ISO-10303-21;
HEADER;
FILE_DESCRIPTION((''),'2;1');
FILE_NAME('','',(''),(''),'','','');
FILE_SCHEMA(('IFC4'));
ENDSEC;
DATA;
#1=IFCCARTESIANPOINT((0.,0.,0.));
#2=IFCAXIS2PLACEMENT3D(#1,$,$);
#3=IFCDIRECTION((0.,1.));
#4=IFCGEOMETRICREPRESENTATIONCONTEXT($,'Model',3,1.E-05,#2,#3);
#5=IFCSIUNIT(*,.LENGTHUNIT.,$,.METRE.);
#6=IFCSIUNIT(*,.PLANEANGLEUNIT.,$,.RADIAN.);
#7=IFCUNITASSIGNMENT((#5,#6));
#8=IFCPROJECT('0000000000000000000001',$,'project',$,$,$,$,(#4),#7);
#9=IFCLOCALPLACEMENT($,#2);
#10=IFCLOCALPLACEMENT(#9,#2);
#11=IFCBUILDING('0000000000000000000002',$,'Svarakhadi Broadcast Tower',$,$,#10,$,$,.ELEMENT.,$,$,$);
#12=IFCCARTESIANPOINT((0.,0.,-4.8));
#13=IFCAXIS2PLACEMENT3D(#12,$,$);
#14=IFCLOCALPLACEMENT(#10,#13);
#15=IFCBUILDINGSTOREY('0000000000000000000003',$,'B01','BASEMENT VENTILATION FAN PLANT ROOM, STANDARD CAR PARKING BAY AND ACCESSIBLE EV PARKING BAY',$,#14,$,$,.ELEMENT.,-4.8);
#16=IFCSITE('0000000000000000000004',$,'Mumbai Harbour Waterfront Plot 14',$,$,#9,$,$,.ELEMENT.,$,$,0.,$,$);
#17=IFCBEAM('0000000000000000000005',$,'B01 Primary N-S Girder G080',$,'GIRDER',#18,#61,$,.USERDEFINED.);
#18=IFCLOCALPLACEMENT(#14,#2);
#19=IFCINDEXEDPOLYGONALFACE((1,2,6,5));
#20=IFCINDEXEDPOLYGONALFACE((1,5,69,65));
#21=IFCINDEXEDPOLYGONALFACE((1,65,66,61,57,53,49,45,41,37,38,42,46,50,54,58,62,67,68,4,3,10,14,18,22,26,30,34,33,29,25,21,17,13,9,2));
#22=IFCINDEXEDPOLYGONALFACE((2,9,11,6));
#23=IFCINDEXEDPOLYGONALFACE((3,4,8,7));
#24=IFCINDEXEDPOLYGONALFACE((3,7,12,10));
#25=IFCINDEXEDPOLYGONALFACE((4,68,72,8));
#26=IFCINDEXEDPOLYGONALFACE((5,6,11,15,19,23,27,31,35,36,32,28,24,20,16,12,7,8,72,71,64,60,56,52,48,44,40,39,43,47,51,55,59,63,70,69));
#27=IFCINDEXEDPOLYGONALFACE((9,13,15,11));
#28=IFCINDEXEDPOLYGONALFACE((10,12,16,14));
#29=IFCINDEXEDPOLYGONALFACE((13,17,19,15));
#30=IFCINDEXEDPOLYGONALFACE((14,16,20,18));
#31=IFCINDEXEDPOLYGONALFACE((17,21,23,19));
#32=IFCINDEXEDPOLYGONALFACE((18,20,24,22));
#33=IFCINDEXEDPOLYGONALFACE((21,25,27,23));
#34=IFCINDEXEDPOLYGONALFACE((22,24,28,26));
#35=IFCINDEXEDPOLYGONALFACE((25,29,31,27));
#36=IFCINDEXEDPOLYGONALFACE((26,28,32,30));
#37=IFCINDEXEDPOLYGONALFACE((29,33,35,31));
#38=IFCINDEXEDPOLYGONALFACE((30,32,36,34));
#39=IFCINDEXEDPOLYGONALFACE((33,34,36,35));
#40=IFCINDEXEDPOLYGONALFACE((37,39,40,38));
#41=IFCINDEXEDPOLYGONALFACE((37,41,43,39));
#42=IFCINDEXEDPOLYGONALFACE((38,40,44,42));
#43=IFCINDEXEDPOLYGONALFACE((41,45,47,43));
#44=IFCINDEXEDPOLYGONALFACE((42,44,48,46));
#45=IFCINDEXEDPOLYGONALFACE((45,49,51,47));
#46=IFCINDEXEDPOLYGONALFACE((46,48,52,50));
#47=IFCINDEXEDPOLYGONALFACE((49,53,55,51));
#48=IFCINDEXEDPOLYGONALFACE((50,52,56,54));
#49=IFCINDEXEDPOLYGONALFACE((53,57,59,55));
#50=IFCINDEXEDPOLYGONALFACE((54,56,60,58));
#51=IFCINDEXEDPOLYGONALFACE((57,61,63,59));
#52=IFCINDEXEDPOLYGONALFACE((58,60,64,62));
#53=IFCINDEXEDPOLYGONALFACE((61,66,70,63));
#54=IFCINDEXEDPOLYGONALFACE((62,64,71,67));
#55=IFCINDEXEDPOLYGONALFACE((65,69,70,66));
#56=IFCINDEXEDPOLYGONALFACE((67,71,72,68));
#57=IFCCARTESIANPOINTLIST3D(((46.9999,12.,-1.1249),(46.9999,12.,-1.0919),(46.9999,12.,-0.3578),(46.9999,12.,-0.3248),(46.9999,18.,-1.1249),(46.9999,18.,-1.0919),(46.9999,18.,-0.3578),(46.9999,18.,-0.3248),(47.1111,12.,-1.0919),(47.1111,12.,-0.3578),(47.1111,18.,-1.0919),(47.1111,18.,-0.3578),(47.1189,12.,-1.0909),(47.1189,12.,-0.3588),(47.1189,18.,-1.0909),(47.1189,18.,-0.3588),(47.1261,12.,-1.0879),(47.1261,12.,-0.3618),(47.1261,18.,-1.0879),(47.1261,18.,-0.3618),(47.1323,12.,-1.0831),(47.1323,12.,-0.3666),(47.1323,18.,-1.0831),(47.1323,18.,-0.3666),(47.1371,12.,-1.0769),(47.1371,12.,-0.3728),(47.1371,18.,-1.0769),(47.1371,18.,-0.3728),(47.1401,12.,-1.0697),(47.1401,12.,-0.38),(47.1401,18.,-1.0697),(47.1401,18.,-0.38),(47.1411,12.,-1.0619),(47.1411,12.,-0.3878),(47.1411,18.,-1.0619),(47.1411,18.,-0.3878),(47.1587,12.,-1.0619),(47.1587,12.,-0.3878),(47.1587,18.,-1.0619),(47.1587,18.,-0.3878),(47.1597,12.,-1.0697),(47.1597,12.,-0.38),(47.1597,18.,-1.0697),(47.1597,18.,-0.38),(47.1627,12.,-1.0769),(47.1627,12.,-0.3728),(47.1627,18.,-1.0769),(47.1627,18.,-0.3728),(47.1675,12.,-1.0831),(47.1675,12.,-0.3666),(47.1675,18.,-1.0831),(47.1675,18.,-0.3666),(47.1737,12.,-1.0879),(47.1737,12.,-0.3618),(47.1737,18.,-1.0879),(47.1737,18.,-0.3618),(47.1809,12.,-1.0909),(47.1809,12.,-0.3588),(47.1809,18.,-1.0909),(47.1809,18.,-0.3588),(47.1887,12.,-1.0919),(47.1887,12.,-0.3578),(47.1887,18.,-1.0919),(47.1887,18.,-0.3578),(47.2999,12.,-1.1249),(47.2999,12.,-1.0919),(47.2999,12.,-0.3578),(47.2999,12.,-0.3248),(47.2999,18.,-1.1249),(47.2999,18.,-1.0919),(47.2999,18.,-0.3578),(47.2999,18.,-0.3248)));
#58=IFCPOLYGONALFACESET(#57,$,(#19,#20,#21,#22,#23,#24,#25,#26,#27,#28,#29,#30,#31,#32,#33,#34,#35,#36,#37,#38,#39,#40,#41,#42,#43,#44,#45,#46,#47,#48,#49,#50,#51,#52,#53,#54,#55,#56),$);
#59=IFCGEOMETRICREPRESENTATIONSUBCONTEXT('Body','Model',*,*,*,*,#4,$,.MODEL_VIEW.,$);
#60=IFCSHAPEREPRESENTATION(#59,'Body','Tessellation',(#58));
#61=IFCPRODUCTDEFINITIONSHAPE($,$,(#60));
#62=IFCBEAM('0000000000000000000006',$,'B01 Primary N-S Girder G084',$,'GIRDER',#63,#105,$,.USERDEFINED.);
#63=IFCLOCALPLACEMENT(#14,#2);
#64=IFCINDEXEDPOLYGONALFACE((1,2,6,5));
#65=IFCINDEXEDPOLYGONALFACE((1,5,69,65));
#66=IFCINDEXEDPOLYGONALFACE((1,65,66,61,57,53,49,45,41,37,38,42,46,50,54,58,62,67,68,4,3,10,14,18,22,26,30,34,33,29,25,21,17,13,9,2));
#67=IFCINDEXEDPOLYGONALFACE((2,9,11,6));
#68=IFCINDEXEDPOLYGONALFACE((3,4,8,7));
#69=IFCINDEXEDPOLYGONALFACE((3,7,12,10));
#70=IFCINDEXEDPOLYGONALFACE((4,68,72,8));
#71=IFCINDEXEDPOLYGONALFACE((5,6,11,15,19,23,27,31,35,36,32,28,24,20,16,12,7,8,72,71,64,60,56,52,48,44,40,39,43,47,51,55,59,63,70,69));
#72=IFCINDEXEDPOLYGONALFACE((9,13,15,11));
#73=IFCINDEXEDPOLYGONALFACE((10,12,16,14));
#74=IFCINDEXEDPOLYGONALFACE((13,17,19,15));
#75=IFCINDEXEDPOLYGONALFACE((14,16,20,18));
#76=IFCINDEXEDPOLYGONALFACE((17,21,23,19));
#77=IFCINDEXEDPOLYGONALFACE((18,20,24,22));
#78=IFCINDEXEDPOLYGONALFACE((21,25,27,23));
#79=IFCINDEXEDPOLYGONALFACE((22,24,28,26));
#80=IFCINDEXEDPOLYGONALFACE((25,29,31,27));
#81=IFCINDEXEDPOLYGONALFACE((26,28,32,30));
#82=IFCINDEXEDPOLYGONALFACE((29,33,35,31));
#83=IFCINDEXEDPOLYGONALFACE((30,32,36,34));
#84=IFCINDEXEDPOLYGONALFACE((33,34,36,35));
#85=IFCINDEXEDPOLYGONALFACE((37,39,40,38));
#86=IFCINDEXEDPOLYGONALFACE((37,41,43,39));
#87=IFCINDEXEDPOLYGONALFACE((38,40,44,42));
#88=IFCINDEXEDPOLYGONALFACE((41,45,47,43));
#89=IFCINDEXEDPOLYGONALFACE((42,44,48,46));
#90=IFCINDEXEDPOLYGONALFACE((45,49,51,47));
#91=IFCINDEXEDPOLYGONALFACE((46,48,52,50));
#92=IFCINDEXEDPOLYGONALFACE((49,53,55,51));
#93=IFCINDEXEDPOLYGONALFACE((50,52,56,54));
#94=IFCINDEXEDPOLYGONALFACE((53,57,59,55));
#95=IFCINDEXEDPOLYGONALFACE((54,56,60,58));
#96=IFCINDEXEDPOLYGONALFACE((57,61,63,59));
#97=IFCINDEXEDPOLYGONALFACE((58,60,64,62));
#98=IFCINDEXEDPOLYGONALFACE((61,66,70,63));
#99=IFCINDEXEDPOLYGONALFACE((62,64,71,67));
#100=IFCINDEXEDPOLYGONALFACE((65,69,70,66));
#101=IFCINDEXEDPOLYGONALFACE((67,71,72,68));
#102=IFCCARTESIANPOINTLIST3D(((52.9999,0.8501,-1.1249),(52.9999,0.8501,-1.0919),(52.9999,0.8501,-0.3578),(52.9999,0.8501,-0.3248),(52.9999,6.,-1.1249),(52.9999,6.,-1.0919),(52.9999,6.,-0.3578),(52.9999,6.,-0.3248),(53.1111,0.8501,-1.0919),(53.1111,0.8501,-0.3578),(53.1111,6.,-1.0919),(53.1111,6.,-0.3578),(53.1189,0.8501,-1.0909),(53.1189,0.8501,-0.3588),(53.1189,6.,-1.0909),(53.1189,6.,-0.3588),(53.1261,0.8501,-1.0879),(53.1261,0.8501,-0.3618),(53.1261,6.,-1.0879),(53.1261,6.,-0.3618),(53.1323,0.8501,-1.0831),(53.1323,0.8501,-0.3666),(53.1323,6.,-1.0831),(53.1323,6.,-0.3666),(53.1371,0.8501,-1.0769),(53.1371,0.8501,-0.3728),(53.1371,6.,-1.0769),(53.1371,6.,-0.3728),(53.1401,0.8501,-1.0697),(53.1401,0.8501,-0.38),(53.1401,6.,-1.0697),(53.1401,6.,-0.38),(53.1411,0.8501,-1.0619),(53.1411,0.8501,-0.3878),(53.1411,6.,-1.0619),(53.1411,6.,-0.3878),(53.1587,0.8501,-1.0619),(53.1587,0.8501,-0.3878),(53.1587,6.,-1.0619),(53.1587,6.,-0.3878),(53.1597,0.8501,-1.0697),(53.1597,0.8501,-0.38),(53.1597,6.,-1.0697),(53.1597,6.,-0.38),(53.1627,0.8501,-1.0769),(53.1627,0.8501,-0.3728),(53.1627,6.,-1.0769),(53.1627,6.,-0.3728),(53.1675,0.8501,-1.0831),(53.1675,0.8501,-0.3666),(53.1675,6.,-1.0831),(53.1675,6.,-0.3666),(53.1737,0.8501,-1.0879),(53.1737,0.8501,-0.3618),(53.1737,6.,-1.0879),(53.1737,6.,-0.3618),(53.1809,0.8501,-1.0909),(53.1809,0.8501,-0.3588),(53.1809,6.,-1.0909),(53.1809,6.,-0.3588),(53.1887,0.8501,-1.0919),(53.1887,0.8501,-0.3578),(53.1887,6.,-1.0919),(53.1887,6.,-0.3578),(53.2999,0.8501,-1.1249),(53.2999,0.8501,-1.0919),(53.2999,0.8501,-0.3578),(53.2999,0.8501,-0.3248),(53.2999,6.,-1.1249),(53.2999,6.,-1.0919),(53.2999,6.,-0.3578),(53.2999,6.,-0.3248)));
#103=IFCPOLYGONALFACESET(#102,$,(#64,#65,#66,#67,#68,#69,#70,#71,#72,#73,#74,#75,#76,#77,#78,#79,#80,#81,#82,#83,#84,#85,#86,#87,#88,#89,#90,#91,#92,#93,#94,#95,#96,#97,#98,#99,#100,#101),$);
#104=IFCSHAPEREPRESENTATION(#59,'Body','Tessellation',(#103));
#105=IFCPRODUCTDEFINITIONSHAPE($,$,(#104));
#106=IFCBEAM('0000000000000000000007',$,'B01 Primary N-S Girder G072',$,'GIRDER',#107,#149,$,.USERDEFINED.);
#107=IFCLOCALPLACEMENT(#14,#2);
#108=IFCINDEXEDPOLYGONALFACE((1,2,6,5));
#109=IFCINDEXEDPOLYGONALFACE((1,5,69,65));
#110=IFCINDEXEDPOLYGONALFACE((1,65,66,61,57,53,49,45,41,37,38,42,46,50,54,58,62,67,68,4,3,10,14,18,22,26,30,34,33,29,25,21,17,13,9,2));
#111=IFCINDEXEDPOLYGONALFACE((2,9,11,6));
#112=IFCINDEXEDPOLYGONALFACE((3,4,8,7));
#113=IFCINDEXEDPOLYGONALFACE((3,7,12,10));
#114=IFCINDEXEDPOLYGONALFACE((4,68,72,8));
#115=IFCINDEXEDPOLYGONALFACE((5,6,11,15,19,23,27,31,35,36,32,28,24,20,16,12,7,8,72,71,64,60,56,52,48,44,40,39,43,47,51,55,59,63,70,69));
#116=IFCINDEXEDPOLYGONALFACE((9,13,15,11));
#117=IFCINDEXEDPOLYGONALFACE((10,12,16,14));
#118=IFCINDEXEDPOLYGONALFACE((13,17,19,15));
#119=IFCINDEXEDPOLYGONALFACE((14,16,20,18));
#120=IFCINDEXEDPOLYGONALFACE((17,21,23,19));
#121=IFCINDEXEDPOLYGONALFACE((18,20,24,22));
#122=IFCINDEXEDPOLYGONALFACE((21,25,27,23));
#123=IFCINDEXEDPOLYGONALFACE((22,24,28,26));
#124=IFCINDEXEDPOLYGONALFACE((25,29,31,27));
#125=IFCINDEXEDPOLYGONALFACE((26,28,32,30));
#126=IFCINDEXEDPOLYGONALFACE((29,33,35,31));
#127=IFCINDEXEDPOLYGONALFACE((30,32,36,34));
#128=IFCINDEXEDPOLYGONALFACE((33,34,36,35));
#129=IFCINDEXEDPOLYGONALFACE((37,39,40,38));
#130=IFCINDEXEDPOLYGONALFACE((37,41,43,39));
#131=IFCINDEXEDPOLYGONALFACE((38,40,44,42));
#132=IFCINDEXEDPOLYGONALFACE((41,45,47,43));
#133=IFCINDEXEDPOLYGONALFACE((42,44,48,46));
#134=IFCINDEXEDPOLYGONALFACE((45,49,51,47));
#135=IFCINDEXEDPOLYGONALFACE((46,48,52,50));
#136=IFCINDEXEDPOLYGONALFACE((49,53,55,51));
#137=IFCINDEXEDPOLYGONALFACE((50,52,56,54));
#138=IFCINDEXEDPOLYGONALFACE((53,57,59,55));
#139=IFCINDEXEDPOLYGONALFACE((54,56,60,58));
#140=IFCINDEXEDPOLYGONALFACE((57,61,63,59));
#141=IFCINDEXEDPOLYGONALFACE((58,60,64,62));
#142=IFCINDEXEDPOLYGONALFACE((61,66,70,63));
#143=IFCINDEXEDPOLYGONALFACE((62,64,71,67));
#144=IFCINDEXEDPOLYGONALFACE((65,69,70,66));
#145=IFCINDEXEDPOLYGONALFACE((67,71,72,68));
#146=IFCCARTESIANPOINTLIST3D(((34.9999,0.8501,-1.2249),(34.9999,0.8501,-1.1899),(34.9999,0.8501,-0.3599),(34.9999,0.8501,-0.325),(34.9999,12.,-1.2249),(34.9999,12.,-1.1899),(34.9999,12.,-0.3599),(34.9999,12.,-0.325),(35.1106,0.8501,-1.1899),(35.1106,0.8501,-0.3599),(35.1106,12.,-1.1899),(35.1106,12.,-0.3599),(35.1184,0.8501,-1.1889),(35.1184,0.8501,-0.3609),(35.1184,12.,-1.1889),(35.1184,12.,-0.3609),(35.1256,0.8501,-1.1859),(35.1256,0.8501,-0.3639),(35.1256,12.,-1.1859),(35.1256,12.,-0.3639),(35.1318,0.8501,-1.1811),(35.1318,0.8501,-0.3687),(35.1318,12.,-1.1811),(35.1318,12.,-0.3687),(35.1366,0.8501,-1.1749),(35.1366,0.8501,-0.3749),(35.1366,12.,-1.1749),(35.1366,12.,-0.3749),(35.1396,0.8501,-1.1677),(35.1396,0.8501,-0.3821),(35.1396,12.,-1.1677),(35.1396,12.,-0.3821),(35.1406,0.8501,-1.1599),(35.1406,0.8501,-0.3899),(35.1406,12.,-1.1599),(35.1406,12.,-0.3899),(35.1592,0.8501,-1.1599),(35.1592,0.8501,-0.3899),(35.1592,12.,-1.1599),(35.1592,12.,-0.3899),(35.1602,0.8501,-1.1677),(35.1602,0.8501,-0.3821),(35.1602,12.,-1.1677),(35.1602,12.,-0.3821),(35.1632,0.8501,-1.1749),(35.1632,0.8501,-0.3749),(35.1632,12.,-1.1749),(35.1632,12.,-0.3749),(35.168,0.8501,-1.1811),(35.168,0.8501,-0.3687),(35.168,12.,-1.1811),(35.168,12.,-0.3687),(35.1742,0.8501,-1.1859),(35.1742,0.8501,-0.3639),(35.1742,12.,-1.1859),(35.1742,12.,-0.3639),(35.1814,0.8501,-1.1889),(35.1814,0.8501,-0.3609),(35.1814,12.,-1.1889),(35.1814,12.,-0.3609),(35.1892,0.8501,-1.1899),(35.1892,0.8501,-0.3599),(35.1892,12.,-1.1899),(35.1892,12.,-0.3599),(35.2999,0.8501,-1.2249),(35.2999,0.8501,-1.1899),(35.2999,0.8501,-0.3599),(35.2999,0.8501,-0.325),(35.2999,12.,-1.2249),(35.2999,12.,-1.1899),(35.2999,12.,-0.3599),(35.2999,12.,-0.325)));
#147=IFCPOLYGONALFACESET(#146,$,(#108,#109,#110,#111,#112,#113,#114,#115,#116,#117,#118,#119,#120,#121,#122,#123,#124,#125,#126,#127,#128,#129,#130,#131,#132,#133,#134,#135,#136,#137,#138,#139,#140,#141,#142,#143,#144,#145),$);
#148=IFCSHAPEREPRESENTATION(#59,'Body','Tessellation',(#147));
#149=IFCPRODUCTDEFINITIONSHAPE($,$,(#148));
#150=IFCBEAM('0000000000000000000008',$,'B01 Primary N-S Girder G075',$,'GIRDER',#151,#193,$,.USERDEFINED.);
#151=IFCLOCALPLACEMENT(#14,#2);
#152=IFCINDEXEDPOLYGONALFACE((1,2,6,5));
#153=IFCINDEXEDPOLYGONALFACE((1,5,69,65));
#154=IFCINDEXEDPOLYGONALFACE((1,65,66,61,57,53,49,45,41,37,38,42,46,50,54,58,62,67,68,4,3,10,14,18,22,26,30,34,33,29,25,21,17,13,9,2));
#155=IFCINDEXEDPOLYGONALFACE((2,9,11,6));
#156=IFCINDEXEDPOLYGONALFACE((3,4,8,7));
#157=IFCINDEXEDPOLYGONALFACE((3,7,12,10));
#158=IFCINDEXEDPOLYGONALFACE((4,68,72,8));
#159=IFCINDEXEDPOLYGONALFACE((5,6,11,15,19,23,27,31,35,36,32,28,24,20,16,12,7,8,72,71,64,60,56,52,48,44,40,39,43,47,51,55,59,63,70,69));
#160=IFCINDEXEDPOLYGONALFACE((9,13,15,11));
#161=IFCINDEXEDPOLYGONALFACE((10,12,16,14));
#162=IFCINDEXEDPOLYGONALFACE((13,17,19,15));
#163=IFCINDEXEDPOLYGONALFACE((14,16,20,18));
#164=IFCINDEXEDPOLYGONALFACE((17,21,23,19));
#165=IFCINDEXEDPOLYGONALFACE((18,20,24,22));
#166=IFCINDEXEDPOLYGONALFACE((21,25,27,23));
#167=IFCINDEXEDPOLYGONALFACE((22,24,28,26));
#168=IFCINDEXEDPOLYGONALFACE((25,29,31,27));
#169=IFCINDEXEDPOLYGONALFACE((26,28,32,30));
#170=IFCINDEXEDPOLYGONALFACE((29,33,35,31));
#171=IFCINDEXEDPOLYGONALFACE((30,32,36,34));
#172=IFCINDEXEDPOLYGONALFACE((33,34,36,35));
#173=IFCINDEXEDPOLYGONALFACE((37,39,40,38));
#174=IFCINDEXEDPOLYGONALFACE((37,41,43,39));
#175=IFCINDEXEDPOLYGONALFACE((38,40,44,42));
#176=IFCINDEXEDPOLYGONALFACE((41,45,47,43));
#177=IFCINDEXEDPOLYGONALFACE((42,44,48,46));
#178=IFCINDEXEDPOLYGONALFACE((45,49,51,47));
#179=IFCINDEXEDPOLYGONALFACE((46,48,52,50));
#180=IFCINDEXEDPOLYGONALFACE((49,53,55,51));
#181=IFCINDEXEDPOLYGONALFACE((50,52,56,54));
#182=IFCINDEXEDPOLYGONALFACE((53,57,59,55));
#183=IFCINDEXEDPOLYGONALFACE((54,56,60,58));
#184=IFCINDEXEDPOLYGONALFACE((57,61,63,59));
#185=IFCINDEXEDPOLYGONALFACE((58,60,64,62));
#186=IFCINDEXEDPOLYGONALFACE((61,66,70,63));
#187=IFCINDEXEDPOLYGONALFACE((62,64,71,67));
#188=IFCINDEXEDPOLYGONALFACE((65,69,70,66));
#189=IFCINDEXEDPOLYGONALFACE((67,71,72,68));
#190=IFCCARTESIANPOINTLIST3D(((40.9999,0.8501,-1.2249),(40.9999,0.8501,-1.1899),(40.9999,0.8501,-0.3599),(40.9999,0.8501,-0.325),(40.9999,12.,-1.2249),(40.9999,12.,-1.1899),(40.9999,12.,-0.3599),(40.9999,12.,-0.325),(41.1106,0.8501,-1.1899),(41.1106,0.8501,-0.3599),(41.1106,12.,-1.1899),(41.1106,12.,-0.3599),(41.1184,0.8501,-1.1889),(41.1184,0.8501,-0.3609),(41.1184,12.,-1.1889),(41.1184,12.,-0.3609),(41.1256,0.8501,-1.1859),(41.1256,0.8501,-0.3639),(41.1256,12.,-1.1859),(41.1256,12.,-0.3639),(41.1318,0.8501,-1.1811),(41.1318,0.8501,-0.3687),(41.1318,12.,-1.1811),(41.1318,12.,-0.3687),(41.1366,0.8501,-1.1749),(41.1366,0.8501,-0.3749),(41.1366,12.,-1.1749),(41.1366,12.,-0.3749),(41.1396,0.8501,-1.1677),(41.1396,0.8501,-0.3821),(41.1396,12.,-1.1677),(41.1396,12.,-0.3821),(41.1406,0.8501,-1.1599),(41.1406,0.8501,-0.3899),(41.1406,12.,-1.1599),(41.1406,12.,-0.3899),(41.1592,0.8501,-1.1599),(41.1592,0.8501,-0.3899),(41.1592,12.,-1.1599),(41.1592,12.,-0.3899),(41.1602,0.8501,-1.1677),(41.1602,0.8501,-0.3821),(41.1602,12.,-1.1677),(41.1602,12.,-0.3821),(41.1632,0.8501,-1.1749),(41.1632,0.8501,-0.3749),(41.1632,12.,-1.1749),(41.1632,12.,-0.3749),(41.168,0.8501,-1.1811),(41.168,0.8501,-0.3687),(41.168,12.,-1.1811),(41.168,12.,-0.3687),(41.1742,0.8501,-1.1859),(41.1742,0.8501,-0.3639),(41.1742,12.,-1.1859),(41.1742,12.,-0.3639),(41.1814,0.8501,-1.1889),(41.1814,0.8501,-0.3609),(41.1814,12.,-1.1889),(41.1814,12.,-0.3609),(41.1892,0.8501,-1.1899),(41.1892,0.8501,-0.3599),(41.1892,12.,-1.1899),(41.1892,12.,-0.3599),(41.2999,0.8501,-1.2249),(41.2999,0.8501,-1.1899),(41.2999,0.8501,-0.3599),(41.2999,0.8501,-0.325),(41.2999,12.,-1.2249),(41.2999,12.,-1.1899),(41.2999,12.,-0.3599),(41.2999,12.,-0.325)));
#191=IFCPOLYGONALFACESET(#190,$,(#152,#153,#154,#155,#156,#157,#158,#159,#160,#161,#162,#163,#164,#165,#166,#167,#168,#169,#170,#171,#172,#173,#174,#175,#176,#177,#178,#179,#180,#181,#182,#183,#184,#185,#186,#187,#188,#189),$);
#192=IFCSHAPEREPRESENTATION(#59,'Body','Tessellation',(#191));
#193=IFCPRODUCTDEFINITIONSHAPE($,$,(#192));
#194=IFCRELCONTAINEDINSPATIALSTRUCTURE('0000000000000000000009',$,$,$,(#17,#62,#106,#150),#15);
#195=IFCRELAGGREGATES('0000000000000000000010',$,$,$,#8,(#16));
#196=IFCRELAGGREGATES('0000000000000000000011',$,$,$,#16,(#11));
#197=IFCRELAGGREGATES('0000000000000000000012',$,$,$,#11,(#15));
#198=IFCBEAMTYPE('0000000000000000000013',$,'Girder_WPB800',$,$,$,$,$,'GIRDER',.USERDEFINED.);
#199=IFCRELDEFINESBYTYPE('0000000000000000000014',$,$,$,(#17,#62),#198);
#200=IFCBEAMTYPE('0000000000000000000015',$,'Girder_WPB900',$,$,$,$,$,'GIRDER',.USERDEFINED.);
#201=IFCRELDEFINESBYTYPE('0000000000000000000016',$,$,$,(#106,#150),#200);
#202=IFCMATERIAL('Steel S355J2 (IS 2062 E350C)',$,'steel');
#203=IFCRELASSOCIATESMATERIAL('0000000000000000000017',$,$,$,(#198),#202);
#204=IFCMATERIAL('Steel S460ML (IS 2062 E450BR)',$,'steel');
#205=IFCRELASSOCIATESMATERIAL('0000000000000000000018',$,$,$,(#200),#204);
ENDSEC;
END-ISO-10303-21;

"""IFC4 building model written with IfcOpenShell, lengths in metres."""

from ifc_helpers import new_model, si_unit, direction, frame, origin, origin_2d, place, context, subcontext, project, spatial, i_section, extrude, material, material_profile, profile_set, type_object, element, save


model = new_model("IFC4")

# Units and contexts
model_context = context("Model", 3, precision=1e-05, world=origin(), true_north=direction((0.0, 1.0)))
body_context = subcontext(model_context, "Body", "Model", "MODEL_VIEW")
ifc_project = project(units=[si_unit("LENGTHUNIT", "METRE"), si_unit("PLANEANGLEUNIT", "RADIAN")], contexts=[model_context])

# Site, building, storey
site_placement = place(None, origin())
site = spatial("IfcSite", under=ifc_project, at=site_placement, Name="Mumbai Harbour Waterfront Plot 14", CompositionType="ELEMENT", RefElevation=0.0)
building_placement = place(site_placement, origin())
building = spatial("IfcBuilding", under=site, at=building_placement, Name="Svarakhadi Broadcast Tower", CompositionType="ELEMENT")
storey_placement = place(building_placement, frame((0.0, 0.0, -4.8)))
storey = spatial("IfcBuildingStorey", under=building, at=storey_placement, Name="B01", Description="BASEMENT VENTILATION FAN PLANT ROOM, STANDARD CAR PARKING BAY AND ACCESSIBLE EV PARKING BAY", CompositionType="ELEMENT", Elevation=-4.8)

# Shared definitions
ifc_material_1 = material(Name="Steel S460ML (IS 2062 E450BR)", Category="steel")

# Beams
ifc_material_2 = material(Name="Steel S355J2 (IS 2062 E350C)", Category="steel")
ifc_material_profile_1 = material_profile(ifc_material_2, i_section(OverallWidth=0.3, OverallDepth=0.8, WebThickness=0.0176, FlangeThickness=0.033, FilletRadius=0.03, at=origin_2d()), Name="WPB 800x300x262")
ifc_profile_set_1 = profile_set([ifc_material_profile_1], Name="Steel S355J2 (IS 2062 E350C)")
beam_type_1 = type_object("IfcBeamType", Name="Girder_WPB800", ElementType="GIRDER", PredefinedType="USERDEFINED", material=ifc_profile_set_1)
for number, where, z_axis, x_axis, name in (
    (1, (47.1499, 12.0, -0.7249), (0.0, 1.0, 0.0), (-1.0, 0.0, 0.0), "B01 Primary N-S Girder G080"),
):
    element("IfcBeam", number, at=place(storey_placement, frame(where, z_axis=z_axis, x_axis=x_axis)), inside=storey, type_object=beam_type_1, Name=name, ObjectType="GIRDER", PredefinedType="USERDEFINED", context=body_context, shape_type="SweptSolid", body=[
        extrude(i_section(OverallWidth=0.3, OverallDepth=0.8, WebThickness=0.0176, FlangeThickness=0.033, FilletRadius=0.03, at=origin_2d()), origin(), (0.0, 0.0, 1.0), 6.0),
    ])
beam_1_placement = place(storey_placement, frame((53.1499, 0.8501, -0.7249), z_axis=(0.0, 1.0, 0.0), x_axis=(-1.0, 0.0, 0.0)))
element("IfcBeam", 2, at=beam_1_placement, inside=storey, type_object=beam_type_1, Name="B01 Primary N-S Girder G084", ObjectType="GIRDER", PredefinedType="USERDEFINED", context=body_context, shape_type="SweptSolid", body=[
    extrude(i_section(OverallWidth=0.3, OverallDepth=0.8, WebThickness=0.0176, FlangeThickness=0.033, FilletRadius=0.03, at=origin_2d()), origin(), (0.0, 0.0, 1.0), 5.1499),
])
ifc_material_profile_2 = material_profile(ifc_material_1, i_section(OverallWidth=0.3, OverallDepth=0.8999, WebThickness=0.0186, FlangeThickness=0.0349, FilletRadius=0.03, at=origin_2d()), Name="WPB 900x300x291")
ifc_profile_set_2 = profile_set([ifc_material_profile_2], Name="Steel S460ML (IS 2062 E450BR)")
beam_type_2 = type_object("IfcBeamType", Name="Girder_WPB900", ElementType="GIRDER", PredefinedType="USERDEFINED", material=ifc_profile_set_2)
for number, where, z_axis, x_axis, name in (
    (3, (35.1499, 0.8501, -0.7749), (0.0, 1.0, 0.0), (-1.0, 0.0, 0.0), "B01 Primary N-S Girder G072"),
    (4, (41.1499, 0.8501, -0.7749), (0.0, 1.0, 0.0), (-1.0, 0.0, 0.0), "B01 Primary N-S Girder G075"),
):
    element("IfcBeam", number, at=place(storey_placement, frame(where, z_axis=z_axis, x_axis=x_axis)), inside=storey, type_object=beam_type_2, Name=name, ObjectType="GIRDER", PredefinedType="USERDEFINED", context=body_context, shape_type="SweptSolid", body=[
        extrude(i_section(OverallWidth=0.3, OverallDepth=0.8999, WebThickness=0.0186, FlangeThickness=0.0349, FilletRadius=0.03, at=origin_2d()), origin(), (0.0, 0.0, 1.0), 11.1499),
    ])

save(model, "model.ifc")
